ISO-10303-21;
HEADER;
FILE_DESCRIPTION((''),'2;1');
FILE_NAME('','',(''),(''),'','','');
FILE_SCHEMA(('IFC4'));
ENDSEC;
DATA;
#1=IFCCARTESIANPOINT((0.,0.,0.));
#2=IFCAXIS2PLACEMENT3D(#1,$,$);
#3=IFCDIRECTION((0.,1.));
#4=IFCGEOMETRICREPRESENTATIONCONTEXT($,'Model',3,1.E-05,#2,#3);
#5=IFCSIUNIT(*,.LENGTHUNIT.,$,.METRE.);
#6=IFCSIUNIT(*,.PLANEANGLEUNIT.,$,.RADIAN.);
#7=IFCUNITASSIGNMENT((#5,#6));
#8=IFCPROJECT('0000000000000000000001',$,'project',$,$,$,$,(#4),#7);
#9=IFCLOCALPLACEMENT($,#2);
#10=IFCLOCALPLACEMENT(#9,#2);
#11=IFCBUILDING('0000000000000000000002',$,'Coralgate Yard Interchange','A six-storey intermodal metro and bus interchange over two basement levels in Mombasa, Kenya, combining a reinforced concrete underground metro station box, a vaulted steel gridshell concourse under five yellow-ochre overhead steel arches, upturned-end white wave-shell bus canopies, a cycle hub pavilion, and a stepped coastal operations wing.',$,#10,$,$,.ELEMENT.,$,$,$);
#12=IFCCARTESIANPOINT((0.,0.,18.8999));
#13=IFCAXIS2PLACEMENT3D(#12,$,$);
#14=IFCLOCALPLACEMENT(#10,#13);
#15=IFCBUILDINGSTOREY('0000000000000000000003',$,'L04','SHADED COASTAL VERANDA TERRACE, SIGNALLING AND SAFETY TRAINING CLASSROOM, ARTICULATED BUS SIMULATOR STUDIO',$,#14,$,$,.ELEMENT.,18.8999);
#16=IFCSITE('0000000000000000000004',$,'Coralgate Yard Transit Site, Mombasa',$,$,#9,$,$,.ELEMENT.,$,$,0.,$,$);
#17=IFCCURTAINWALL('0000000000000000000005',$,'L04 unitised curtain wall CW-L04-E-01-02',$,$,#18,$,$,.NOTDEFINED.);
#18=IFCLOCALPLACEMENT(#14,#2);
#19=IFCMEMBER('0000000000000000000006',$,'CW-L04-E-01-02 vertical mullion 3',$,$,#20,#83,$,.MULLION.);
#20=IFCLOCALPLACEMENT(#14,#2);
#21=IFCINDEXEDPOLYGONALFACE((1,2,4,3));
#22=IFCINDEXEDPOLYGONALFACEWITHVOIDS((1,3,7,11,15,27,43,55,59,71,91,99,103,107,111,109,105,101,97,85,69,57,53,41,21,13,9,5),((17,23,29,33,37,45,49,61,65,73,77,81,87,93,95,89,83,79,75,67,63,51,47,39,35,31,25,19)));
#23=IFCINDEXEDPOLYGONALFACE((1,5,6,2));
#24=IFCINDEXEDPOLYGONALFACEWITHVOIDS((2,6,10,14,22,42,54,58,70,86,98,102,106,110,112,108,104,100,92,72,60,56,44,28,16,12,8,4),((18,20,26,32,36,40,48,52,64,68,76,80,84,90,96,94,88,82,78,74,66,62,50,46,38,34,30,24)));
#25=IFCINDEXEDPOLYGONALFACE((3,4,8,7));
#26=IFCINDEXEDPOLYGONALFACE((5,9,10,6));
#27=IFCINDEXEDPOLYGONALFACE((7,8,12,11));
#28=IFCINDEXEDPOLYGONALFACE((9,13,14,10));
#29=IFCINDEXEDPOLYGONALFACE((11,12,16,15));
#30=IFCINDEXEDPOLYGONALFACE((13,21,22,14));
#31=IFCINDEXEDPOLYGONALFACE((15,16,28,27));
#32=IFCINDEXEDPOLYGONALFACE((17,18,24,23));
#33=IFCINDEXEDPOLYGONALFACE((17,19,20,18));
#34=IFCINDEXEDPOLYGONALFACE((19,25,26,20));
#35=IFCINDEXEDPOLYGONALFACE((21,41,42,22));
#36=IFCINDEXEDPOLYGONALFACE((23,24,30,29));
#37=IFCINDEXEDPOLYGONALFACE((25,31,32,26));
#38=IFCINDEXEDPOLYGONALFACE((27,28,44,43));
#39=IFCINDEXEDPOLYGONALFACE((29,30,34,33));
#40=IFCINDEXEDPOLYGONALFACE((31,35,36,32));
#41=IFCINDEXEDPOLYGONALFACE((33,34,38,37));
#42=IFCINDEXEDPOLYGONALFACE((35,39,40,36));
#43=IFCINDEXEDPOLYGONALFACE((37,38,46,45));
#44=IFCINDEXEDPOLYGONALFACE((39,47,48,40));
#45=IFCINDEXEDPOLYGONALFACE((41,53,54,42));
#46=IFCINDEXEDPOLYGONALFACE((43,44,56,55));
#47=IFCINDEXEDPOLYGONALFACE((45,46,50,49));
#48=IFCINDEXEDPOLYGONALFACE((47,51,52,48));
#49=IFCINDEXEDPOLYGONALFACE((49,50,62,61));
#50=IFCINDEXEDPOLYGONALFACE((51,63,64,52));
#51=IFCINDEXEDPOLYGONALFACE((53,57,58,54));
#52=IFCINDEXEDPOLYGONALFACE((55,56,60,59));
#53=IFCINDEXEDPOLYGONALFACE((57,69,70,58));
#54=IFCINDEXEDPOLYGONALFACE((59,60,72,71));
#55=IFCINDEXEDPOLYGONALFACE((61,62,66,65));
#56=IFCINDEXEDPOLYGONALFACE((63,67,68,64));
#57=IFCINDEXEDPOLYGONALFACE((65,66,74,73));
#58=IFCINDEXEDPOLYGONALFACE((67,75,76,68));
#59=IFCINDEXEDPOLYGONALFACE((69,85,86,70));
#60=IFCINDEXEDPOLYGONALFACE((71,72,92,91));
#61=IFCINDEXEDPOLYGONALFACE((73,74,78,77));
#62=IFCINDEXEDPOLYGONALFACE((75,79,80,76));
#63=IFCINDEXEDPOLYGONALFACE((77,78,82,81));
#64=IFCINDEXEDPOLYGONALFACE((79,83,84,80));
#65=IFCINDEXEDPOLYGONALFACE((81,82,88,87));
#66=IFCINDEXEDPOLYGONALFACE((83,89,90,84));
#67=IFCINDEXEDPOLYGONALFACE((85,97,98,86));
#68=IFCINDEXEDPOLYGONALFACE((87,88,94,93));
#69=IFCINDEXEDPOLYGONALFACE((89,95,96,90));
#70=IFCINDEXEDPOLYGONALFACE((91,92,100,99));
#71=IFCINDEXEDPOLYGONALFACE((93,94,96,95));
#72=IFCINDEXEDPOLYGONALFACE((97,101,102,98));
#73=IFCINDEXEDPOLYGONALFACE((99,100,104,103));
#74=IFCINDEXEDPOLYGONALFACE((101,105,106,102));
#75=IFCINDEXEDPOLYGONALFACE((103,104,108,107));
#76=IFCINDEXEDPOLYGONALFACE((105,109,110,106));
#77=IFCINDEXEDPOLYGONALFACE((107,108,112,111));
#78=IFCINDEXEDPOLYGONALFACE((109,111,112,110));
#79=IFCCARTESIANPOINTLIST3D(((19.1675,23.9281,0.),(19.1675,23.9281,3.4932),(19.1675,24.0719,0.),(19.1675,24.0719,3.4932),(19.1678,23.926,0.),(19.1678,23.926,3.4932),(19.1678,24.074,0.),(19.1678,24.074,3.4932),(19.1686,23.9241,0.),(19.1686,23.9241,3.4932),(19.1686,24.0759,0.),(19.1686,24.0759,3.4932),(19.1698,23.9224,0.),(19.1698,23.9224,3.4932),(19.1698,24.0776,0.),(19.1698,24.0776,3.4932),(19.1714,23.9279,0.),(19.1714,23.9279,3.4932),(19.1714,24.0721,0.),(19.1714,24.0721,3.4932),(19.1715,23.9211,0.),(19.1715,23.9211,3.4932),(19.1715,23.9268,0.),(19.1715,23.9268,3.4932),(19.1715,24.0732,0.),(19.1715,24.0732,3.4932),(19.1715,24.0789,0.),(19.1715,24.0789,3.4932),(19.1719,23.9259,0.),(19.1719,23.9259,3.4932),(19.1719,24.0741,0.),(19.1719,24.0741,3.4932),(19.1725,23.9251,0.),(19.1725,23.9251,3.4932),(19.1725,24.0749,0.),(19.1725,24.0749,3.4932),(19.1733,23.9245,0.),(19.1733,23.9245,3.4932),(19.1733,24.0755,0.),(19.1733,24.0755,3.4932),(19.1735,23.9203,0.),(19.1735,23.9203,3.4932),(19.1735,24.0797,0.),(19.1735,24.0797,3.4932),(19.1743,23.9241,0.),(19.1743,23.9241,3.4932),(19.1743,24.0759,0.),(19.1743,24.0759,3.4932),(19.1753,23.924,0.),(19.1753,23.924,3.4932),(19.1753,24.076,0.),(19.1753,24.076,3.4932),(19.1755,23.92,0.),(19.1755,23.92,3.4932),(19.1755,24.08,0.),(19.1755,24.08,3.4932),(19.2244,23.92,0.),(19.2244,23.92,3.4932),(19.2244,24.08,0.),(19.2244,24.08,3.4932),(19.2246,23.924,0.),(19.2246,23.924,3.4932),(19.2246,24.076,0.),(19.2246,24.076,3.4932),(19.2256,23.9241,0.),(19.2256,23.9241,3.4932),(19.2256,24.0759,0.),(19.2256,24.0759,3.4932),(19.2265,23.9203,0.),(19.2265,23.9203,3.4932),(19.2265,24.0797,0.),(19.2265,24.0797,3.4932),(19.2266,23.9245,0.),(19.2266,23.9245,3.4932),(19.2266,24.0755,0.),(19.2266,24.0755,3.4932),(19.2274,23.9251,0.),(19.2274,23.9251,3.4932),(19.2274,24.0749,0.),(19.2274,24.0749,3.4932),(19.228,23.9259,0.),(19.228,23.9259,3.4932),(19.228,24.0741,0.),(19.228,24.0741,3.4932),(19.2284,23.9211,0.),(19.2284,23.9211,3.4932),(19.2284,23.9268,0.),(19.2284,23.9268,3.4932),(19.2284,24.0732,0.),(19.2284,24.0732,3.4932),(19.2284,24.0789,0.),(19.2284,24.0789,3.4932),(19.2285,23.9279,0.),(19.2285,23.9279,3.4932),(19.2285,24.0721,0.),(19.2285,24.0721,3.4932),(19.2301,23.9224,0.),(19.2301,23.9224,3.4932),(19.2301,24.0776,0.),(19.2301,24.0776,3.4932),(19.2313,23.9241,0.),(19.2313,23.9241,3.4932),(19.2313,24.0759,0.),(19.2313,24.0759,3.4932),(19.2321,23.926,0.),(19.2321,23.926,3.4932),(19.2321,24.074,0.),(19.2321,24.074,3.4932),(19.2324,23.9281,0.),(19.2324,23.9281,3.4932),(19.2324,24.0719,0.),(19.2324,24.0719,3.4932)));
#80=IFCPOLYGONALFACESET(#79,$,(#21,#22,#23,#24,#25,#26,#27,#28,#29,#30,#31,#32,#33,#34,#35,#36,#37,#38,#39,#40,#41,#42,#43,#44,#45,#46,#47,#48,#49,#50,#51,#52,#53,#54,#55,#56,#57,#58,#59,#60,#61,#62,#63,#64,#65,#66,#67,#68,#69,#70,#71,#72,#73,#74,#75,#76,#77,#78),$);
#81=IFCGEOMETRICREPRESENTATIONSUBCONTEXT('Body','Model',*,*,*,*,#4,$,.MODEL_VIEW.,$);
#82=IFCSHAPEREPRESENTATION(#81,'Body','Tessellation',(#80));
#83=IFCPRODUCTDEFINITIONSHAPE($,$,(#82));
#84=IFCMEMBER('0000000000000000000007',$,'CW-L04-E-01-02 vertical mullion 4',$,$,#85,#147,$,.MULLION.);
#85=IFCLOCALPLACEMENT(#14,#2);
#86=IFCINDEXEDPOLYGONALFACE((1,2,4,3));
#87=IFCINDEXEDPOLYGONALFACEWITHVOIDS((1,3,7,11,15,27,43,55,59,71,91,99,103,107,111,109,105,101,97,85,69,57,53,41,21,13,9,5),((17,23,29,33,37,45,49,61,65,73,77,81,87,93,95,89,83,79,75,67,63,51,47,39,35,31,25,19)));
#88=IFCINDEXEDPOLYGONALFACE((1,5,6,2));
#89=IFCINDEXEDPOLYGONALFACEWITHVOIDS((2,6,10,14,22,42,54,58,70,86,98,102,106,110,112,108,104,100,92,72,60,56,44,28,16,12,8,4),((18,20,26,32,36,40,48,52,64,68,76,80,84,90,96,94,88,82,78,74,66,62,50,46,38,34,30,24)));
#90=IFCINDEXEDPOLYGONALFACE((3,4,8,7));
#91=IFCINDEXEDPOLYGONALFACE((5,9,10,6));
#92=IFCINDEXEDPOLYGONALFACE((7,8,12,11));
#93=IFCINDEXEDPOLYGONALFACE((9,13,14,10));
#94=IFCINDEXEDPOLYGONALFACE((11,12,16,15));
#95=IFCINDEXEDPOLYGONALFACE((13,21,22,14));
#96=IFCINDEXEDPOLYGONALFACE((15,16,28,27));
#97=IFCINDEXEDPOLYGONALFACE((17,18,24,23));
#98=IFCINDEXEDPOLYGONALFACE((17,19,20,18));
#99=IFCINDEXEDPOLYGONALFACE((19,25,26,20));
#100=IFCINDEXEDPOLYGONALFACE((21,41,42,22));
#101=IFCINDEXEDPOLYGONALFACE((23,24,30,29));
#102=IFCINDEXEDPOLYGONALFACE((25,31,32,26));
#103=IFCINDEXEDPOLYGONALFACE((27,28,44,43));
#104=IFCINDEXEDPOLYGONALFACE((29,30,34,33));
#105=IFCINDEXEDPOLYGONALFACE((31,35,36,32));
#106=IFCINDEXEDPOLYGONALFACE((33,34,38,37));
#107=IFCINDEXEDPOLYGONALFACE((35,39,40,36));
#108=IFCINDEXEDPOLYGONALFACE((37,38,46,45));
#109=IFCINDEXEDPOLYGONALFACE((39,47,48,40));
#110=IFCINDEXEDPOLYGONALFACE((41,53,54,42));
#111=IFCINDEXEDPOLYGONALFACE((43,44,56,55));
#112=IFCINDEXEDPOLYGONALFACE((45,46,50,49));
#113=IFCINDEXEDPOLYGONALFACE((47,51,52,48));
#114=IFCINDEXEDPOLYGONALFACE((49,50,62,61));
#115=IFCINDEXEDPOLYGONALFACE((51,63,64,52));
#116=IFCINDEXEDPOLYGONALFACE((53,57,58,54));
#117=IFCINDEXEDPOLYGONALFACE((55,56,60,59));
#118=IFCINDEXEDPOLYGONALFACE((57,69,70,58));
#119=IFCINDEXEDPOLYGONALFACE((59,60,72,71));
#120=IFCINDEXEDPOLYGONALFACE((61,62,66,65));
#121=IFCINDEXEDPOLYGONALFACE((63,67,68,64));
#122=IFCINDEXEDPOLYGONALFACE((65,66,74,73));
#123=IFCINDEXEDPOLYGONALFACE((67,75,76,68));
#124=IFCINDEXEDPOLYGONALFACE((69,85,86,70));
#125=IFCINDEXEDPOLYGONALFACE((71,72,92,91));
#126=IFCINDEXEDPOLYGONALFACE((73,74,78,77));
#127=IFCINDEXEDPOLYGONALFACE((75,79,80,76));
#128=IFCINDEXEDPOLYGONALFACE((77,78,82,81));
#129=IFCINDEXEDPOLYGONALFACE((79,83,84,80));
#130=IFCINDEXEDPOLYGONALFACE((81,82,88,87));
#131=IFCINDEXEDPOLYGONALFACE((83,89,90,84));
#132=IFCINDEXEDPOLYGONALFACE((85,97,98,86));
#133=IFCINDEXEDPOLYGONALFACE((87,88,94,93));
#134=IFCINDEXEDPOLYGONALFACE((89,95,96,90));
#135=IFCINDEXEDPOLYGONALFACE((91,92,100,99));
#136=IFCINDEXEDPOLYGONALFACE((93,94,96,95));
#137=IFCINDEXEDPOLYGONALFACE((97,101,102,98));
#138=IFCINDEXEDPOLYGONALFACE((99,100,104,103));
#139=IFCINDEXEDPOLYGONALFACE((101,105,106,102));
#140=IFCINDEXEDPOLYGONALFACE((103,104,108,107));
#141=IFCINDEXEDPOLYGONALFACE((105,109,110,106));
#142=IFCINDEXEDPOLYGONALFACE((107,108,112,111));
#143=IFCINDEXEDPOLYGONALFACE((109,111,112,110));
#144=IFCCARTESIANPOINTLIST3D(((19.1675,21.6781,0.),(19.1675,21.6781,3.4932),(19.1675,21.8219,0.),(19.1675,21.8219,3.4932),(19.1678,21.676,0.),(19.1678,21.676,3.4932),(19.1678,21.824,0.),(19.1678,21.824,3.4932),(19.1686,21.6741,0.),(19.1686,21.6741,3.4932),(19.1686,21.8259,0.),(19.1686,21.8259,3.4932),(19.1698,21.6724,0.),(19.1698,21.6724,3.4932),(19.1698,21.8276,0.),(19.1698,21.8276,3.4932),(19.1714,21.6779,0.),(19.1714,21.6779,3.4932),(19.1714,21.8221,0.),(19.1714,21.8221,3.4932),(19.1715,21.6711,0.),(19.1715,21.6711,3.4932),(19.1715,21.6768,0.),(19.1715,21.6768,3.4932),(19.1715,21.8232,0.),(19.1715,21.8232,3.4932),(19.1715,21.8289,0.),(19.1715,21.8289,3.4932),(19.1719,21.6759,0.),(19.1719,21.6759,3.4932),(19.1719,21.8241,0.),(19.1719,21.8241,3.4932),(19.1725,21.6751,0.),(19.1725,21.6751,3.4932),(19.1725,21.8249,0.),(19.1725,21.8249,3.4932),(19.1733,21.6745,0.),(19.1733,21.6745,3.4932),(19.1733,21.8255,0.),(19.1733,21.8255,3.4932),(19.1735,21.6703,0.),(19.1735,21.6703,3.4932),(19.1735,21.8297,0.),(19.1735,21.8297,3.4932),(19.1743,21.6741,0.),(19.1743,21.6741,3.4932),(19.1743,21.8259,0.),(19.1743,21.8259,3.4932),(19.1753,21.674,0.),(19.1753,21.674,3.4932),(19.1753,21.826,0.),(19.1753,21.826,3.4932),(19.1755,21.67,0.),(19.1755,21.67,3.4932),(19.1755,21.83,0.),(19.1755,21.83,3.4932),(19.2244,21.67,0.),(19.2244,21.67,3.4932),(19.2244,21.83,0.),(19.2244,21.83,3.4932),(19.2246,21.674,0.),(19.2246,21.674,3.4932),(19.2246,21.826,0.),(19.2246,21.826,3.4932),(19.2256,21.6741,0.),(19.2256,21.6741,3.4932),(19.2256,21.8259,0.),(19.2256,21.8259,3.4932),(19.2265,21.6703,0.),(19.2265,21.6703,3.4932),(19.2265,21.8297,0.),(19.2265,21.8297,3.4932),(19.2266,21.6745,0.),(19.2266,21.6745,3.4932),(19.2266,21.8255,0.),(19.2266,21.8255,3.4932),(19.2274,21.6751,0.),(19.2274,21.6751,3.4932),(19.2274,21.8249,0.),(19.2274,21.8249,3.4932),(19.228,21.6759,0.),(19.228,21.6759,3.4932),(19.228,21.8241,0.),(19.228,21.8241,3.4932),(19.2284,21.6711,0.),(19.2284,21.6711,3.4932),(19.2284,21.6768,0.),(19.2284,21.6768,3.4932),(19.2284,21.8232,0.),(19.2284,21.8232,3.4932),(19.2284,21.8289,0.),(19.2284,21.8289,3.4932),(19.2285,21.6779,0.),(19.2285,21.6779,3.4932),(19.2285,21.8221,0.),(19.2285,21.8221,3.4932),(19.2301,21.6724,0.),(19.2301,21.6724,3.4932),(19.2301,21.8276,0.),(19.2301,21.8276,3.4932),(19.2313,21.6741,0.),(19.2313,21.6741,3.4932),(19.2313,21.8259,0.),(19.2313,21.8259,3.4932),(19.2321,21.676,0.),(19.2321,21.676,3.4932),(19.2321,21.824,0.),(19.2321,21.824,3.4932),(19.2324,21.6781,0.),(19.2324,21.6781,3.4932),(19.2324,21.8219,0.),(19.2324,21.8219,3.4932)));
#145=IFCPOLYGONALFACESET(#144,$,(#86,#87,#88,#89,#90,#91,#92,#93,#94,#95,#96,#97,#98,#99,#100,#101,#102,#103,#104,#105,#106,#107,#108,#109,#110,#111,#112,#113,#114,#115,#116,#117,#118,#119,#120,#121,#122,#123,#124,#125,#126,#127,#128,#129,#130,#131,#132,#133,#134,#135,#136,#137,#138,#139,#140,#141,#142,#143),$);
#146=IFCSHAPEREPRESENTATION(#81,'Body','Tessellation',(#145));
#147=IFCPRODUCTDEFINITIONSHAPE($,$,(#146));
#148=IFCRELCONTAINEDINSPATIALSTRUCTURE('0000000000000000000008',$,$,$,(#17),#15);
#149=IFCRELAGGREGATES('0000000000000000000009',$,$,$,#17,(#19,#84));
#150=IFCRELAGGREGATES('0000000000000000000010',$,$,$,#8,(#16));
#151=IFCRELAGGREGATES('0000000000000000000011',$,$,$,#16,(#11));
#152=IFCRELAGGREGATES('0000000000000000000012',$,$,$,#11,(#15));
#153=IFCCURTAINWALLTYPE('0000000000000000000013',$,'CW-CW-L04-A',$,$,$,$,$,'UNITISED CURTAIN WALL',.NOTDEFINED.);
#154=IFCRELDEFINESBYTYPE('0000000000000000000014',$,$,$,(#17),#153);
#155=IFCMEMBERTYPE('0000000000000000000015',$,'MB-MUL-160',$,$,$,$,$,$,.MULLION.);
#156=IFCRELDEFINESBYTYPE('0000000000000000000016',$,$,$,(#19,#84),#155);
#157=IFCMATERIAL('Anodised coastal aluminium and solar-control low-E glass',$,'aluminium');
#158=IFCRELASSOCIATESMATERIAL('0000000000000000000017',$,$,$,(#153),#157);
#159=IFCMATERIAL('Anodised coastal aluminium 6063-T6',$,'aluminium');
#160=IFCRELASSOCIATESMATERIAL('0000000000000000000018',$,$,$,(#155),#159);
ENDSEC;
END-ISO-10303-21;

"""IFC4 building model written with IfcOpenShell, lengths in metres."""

from ifc_helpers import new_model, si_unit, direction, frame, origin, origin_2d, place, context, subcontext, project, spatial, hollow_rectangle, extrude, material, material_profile, profile_set, type_object, element, aggregate, save


model = new_model("IFC4")

# Units and contexts
model_context = context("Model", 3, precision=1e-05, world=origin(), true_north=direction((0.0, 1.0)))
body_context = subcontext(model_context, "Body", "Model", "MODEL_VIEW")
ifc_project = project(units=[si_unit("LENGTHUNIT", "METRE"), si_unit("PLANEANGLEUNIT", "RADIAN")], contexts=[model_context])

# Site, building, storey
site_placement = place(None, origin())
site = spatial("IfcSite", under=ifc_project, at=site_placement, Name="Coralgate Yard Transit Site, Mombasa", CompositionType="ELEMENT", RefElevation=0.0)
building_placement = place(site_placement, origin())
building = spatial("IfcBuilding", under=site, at=building_placement, Name="Coralgate Yard Interchange", Description="A six-storey intermodal metro and bus interchange over two basement levels in Mombasa, Kenya, combining a reinforced concrete underground metro station box, a vaulted steel gridshell concourse under five yellow-ochre overhead steel arches, upturned-end white wave-shell bus canopies, a cycle hub pavilion, and a stepped coastal operations wing.", CompositionType="ELEMENT")
storey_placement = place(building_placement, frame((0.0, 0.0, 18.8999)))
storey = spatial("IfcBuildingStorey", under=building, at=storey_placement, Name="L04", Description="SHADED COASTAL VERANDA TERRACE, SIGNALLING AND SAFETY TRAINING CLASSROOM, ARTICULATED BUS SIMULATOR STUDIO", CompositionType="ELEMENT", Elevation=18.8999)

# Curtain wall, members
ifc_material_1 = material(Name="Anodised coastal aluminium and solar-control low-E glass", Category="aluminium")
curtain_wall_type = type_object("IfcCurtainWallType", Name="CW-CW-L04-A", ElementType="UNITISED CURTAIN WALL", PredefinedType="NOTDEFINED", material=ifc_material_1)
curtain_wall_placement = place(storey_placement, origin())
curtain_wall = element("IfcCurtainWall", 1, at=curtain_wall_placement, inside=storey, type_object=curtain_wall_type, Name="L04 unitised curtain wall CW-L04-E-01-02", PredefinedType="NOTDEFINED")
ifc_material_2 = material(Name="Anodised coastal aluminium 6063-T6", Category="aluminium")
ifc_material_profile_1 = material_profile(ifc_material_2, hollow_rectangle(XDim=0.0649, YDim=0.1599, WallThickness=0.0039, InnerFilletRadius=0.0039, OuterFilletRadius=0.0081, at=origin_2d()), Name="ALU 65x160x4")
ifc_profile_set_1 = profile_set([ifc_material_profile_1], Name="Anodised coastal aluminium 6063-T6")
member_type_1 = type_object("IfcMemberType", Name="MB-MUL-160", PredefinedType="MULLION", material=ifc_profile_set_1)
member_1_placement = place(storey_placement, frame((19.2, 24.0, 0.0), z_axis=(0.0, 0.0, 1.0), x_axis=(1.0, 0.0, 0.0)))
member_1 = element("IfcMember", 2, at=member_1_placement, type_object=member_type_1, Name="CW-L04-E-01-02 vertical mullion 3", PredefinedType="MULLION", context=body_context, shape_type="SweptSolid", body=[
    extrude(hollow_rectangle(XDim=0.0649, YDim=0.1599, WallThickness=0.0039, InnerFilletRadius=0.0039, OuterFilletRadius=0.0081, at=origin_2d()), origin(), (0.0, 0.0, 1.0), 3.4932),
])
member_2_placement = place(storey_placement, frame((19.2, 21.75, 0.0), z_axis=(0.0, 0.0, 1.0), x_axis=(1.0, 0.0, 0.0)))
member_2 = element("IfcMember", 3, at=member_2_placement, type_object=member_type_1, Name="CW-L04-E-01-02 vertical mullion 4", PredefinedType="MULLION", context=body_context, shape_type="SweptSolid", body=[
    extrude(hollow_rectangle(XDim=0.0649, YDim=0.1599, WallThickness=0.0039, InnerFilletRadius=0.0039, OuterFilletRadius=0.0081, at=origin_2d()), origin(), (0.0, 0.0, 1.0), 3.4932),
])
aggregate(curtain_wall, [member_1, member_2])

save(model, "model.ifc")
